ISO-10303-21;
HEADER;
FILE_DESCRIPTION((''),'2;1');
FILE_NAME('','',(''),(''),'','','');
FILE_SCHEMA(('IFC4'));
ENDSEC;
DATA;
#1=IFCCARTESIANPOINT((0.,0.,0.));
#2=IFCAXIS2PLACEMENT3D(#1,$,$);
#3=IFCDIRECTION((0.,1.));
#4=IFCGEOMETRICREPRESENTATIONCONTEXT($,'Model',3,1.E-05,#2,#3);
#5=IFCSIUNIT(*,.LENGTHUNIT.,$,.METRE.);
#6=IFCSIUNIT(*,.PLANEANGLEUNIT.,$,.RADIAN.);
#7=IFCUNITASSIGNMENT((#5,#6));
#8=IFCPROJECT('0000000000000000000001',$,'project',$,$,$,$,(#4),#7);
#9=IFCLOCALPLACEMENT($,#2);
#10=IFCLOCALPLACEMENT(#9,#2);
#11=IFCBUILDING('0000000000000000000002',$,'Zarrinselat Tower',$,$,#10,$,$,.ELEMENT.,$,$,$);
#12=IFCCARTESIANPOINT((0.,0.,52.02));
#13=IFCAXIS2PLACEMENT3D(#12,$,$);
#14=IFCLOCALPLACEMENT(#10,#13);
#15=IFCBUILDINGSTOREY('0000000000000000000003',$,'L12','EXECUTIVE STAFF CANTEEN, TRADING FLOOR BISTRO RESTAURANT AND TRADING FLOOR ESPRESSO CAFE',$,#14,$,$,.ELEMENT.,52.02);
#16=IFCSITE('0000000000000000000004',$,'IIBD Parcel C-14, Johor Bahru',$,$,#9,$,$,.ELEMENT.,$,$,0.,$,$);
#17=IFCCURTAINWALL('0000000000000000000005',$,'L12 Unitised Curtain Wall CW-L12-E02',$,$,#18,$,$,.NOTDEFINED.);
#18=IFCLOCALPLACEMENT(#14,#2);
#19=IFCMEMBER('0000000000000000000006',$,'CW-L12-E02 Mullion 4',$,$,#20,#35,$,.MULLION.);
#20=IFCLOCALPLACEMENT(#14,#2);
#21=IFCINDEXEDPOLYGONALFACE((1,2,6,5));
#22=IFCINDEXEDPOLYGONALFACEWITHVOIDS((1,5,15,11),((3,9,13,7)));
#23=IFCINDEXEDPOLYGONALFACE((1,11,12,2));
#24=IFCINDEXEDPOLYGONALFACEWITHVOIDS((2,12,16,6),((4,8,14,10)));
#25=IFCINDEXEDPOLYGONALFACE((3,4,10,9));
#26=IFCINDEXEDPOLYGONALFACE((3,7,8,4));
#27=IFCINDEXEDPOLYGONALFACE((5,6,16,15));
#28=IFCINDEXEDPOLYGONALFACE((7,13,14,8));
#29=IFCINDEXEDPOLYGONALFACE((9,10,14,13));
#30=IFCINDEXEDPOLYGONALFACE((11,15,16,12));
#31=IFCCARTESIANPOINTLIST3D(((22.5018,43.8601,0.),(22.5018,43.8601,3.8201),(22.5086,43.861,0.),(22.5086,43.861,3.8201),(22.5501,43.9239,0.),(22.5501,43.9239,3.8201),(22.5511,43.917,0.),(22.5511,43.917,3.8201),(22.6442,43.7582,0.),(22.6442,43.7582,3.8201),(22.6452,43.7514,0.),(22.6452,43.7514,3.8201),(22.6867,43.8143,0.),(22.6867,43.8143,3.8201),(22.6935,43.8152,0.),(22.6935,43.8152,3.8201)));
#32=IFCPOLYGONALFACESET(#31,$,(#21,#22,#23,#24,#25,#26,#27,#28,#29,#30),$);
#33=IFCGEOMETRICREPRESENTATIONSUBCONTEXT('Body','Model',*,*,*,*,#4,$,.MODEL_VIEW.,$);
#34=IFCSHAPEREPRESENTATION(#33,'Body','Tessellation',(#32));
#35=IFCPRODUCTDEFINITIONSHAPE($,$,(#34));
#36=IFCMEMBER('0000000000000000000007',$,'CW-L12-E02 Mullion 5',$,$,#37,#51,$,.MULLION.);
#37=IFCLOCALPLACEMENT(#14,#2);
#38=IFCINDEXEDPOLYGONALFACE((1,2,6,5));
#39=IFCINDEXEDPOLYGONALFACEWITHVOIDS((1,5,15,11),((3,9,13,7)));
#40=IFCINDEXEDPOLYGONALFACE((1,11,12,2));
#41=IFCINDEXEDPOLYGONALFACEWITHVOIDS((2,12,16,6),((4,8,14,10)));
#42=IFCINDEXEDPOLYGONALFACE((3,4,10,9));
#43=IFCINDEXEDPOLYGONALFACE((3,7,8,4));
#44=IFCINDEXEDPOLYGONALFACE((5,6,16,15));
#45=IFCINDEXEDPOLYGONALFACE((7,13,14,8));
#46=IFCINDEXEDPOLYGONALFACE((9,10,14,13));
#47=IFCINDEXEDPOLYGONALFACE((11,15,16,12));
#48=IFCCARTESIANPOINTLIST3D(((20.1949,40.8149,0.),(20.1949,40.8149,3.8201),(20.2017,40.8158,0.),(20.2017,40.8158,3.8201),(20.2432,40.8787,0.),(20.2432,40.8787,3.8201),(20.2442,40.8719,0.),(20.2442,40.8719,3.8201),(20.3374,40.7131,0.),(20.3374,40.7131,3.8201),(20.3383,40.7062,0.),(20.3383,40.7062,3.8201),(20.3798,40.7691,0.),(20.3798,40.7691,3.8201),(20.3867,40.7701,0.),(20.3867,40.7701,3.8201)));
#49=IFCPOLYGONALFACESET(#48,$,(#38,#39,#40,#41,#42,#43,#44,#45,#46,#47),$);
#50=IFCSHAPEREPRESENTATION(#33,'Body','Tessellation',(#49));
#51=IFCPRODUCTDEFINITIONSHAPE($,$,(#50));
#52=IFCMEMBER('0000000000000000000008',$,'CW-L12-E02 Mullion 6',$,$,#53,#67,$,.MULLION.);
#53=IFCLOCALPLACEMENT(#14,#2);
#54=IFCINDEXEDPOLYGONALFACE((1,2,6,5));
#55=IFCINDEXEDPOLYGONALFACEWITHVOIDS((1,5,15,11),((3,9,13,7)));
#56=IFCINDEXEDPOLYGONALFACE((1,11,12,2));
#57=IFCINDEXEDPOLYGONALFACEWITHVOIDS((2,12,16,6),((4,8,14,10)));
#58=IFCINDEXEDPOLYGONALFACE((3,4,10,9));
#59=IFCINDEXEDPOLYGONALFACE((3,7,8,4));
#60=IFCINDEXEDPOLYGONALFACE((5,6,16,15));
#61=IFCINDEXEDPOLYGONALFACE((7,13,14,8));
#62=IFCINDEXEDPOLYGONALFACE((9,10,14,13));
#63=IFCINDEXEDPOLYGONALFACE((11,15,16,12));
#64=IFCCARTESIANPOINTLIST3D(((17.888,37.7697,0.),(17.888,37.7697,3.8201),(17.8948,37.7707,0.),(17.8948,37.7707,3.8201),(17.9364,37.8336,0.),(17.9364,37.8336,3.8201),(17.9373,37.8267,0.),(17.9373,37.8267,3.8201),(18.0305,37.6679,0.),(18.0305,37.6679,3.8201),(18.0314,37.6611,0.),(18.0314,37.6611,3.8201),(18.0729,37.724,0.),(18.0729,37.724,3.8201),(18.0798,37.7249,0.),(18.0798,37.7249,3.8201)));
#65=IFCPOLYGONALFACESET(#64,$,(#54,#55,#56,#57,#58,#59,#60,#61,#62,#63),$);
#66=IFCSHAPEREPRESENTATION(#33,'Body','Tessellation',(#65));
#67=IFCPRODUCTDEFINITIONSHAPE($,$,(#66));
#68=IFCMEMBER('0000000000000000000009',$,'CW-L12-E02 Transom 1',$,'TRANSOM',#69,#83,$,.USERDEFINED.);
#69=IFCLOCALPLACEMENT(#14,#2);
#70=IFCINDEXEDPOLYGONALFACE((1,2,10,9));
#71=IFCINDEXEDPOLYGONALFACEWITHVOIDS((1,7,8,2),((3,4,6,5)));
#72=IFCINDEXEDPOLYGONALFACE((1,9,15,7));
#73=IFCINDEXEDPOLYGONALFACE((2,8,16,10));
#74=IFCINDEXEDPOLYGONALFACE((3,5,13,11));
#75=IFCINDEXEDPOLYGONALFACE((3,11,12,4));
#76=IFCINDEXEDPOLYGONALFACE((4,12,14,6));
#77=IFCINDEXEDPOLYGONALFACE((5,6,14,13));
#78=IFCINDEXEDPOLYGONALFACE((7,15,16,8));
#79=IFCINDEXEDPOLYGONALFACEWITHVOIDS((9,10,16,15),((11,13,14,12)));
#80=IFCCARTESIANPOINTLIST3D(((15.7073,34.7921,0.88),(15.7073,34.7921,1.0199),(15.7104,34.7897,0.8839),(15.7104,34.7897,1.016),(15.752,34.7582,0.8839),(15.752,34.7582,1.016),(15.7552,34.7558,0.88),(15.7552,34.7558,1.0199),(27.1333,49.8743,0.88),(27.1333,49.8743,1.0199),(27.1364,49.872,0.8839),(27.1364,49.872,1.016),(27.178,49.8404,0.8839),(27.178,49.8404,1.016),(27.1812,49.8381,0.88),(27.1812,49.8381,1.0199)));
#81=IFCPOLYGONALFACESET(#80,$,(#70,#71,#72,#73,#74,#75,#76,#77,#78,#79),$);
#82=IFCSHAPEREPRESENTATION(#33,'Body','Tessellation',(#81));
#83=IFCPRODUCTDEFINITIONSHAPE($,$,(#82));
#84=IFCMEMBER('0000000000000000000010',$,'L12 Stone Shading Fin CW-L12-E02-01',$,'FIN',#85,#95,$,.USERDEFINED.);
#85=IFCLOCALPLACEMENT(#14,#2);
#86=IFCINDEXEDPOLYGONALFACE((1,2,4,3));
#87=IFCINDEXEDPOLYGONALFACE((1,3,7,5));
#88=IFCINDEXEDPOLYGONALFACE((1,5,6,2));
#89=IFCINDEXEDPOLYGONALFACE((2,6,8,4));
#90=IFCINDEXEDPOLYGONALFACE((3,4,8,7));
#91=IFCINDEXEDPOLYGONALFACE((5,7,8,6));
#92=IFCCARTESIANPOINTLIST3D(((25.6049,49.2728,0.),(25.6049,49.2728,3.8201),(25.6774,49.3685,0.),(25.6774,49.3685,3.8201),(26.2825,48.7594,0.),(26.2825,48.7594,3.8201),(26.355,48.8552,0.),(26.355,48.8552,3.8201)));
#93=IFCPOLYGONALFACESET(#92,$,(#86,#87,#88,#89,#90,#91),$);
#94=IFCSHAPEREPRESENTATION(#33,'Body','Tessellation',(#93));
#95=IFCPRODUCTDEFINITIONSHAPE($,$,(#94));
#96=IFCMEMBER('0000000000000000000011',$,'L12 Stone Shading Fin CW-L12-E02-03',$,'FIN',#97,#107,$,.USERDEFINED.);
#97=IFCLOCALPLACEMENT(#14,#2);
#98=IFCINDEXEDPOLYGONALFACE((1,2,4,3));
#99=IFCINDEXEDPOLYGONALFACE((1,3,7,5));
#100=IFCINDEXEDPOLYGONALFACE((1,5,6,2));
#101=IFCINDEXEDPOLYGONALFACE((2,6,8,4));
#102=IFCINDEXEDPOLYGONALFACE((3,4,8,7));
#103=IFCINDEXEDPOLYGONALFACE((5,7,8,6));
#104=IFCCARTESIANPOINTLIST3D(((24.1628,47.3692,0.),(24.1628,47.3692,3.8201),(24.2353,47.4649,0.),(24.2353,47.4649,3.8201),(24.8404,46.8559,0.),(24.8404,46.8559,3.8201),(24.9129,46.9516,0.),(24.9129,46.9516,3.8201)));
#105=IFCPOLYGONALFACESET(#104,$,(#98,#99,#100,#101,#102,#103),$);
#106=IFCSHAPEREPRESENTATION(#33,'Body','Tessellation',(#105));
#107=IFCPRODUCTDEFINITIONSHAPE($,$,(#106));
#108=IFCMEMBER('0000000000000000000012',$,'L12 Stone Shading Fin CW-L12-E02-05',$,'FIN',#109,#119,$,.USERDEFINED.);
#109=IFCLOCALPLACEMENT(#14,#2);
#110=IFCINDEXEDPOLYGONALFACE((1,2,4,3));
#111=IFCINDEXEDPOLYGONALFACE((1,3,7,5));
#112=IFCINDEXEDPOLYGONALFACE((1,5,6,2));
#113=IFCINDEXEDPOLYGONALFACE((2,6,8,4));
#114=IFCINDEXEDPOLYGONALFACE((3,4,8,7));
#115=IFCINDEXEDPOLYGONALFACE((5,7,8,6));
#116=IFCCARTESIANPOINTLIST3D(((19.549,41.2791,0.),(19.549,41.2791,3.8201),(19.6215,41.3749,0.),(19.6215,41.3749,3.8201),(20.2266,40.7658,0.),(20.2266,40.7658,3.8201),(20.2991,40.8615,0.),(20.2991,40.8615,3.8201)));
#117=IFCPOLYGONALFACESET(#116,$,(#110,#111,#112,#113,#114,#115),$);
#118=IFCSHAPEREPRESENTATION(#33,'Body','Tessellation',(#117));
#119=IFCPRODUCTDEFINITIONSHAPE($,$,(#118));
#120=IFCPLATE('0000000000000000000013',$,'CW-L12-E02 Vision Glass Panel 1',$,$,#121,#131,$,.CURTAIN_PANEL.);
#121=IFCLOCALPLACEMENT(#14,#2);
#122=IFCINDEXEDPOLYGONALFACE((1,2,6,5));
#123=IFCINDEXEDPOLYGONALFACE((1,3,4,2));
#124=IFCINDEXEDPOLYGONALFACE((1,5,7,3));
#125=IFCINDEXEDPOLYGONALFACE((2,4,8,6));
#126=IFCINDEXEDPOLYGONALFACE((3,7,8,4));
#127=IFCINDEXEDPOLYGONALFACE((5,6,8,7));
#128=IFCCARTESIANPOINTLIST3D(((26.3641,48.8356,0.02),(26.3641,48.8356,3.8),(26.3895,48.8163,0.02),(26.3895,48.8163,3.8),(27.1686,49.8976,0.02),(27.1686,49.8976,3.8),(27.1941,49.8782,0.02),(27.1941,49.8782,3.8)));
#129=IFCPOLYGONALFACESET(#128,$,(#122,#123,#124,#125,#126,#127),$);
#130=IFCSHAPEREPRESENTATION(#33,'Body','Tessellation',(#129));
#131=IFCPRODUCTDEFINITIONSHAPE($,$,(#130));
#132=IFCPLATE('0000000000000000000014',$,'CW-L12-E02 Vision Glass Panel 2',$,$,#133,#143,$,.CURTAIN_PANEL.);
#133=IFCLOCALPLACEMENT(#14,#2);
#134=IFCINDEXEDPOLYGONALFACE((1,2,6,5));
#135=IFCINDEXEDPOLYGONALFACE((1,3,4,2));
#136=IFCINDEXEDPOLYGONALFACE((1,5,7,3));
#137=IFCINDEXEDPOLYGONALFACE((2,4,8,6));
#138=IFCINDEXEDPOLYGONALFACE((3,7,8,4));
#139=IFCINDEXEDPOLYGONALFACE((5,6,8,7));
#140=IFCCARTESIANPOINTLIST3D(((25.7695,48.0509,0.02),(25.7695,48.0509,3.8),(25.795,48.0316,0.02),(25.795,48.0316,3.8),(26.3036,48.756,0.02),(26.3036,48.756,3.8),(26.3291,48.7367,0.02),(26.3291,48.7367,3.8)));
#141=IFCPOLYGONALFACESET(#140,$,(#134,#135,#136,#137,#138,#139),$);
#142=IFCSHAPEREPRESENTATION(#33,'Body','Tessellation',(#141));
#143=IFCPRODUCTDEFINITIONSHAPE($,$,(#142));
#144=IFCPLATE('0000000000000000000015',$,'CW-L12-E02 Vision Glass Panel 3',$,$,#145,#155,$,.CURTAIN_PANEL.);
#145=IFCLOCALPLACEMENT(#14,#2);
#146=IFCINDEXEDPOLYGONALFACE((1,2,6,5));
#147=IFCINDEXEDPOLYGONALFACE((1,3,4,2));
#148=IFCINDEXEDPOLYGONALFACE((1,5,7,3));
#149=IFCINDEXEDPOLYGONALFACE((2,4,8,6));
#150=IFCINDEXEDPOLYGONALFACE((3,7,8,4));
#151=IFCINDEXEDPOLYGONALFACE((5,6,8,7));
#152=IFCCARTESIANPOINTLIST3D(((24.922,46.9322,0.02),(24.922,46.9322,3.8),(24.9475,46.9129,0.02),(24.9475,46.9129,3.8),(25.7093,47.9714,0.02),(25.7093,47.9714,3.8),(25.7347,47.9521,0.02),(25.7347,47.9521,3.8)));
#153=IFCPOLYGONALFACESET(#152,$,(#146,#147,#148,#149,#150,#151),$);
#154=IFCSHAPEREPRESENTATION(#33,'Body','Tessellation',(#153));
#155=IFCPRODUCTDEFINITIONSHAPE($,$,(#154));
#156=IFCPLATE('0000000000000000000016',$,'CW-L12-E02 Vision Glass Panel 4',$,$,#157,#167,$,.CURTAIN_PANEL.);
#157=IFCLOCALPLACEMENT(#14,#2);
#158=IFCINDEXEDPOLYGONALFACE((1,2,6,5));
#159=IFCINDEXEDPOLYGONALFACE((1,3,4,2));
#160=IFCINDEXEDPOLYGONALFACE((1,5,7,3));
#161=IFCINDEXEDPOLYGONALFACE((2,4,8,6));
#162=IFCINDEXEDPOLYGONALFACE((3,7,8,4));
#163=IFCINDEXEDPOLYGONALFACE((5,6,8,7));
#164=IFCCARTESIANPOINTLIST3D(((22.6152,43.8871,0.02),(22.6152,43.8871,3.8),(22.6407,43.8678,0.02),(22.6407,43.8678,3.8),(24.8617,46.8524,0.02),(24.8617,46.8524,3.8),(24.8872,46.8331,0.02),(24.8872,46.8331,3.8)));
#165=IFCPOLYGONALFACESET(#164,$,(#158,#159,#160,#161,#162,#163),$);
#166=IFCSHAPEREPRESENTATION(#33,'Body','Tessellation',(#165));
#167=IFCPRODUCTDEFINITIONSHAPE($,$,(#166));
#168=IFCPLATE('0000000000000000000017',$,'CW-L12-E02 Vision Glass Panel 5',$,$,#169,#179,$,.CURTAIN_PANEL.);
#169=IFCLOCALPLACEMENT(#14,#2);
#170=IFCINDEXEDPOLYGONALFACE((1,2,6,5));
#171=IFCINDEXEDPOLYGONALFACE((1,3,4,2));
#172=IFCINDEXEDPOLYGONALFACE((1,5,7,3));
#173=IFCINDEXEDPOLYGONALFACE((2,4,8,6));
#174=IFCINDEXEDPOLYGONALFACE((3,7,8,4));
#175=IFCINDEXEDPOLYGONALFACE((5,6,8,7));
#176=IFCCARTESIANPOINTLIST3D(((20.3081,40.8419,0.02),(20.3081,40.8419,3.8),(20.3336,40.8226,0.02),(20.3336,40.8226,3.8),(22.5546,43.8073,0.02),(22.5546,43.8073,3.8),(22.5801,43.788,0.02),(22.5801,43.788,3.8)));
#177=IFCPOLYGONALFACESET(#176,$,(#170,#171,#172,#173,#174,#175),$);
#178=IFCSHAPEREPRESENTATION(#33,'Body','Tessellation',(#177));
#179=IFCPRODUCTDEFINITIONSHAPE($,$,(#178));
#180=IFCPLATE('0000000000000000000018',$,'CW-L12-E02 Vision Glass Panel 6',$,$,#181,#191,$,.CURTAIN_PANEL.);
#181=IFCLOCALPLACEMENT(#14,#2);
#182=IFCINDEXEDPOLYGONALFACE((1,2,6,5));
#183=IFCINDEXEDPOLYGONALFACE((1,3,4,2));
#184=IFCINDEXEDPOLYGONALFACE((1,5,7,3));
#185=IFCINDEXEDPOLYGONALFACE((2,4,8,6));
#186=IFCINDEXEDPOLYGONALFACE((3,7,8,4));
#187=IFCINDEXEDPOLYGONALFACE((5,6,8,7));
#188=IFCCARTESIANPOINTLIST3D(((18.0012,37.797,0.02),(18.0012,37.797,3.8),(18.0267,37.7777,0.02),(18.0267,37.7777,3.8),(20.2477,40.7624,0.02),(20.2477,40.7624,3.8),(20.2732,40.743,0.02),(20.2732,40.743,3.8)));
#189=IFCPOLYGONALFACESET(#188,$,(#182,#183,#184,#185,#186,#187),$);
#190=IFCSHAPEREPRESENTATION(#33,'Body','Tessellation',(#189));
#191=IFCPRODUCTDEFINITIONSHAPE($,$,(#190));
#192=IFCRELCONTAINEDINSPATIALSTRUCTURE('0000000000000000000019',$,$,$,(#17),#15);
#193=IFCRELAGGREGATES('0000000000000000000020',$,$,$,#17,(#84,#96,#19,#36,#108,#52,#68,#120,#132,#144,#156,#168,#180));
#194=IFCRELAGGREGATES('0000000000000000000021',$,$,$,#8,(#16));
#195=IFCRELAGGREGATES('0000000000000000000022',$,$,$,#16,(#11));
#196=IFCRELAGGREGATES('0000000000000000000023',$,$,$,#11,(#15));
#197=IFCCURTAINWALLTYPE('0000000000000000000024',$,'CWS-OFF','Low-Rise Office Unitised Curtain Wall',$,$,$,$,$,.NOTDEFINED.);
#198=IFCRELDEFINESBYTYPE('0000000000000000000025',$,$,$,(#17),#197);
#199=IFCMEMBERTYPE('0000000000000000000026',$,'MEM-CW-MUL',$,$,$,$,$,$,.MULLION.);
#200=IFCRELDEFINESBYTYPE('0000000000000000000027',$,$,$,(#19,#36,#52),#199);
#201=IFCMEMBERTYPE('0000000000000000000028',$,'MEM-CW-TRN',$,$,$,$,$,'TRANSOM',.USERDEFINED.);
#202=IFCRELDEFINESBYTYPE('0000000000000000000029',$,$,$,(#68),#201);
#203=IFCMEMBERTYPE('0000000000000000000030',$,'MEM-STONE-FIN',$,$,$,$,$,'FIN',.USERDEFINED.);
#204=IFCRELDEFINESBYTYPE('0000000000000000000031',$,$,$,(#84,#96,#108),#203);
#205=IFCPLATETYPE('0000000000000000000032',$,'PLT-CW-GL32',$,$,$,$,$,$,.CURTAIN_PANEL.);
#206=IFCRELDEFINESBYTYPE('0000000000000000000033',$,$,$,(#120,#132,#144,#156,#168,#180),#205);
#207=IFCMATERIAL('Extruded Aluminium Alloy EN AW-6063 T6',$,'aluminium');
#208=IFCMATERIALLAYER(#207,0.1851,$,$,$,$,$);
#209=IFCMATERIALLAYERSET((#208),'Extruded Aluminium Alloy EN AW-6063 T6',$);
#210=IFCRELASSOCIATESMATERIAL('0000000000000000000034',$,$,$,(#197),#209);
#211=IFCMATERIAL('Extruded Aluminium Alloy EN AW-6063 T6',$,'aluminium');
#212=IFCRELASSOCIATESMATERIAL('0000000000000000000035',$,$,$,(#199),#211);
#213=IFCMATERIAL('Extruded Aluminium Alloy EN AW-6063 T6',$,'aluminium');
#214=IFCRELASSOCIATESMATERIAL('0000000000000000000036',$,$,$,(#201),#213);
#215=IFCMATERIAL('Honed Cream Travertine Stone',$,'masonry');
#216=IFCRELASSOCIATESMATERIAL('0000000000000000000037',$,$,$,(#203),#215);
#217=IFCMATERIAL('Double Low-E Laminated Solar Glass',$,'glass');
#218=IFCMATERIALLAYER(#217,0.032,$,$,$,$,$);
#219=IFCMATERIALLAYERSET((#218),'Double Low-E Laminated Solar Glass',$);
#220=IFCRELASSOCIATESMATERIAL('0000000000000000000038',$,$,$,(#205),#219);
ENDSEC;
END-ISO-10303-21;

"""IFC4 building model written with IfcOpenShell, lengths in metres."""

from ifc_helpers import new_model, si_unit, direction, frame, origin, origin_2d, place, context, subcontext, project, spatial, rectangle, hollow_rectangle, extrude, material, layer, layer_set, material_profile, profile_set, type_object, element, aggregate, save


model = new_model("IFC4")

# Units and contexts
model_context = context("Model", 3, precision=1e-05, world=origin(), true_north=direction((0.0, 1.0)))
body_context = subcontext(model_context, "Body", "Model", "MODEL_VIEW")
ifc_project = project(units=[si_unit("LENGTHUNIT", "METRE"), si_unit("PLANEANGLEUNIT", "RADIAN")], contexts=[model_context])

# Site, building, storey
site_placement = place(None, origin())
site = spatial("IfcSite", under=ifc_project, at=site_placement, Name="IIBD Parcel C-14, Johor Bahru", CompositionType="ELEMENT", RefElevation=0.0)
building_placement = place(site_placement, origin())
building = spatial("IfcBuilding", under=site, at=building_placement, Name="Zarrinselat Tower", CompositionType="ELEMENT")
storey_placement = place(building_placement, frame((0.0, 0.0, 52.02)))
storey = spatial("IfcBuildingStorey", under=building, at=storey_placement, Name="L12", Description="EXECUTIVE STAFF CANTEEN, TRADING FLOOR BISTRO RESTAURANT AND TRADING FLOOR ESPRESSO CAFE", CompositionType="ELEMENT", Elevation=52.02)

# Shared definitions
ifc_material_1 = material(Name="Extruded Aluminium Alloy EN AW-6063 T6", Category="aluminium")
ifc_layer_1 = layer(ifc_material_1, 0.1851)
ifc_layer_set_1 = layer_set([ifc_layer_1], Name="Extruded Aluminium Alloy EN AW-6063 T6")
curtain_wall_type = type_object("IfcCurtainWallType", Name="CWS-OFF", Description="Low-Rise Office Unitised Curtain Wall", PredefinedType="NOTDEFINED", material=ifc_layer_set_1)
ifc_material_2 = material(Name="Extruded Aluminium Alloy EN AW-6063 T6", Category="aluminium")
ifc_material_profile_1 = material_profile(ifc_material_2, hollow_rectangle(XDim=0.0801, YDim=0.1799, WallThickness=0.0049, at=origin_2d()), Name="RHS 180x80x5")
ifc_profile_set_1 = profile_set([ifc_material_profile_1], Name="Extruded Aluminium Alloy EN AW-6063 T6")
member_type_1 = type_object("IfcMemberType", Name="MEM-CW-MUL", PredefinedType="MULLION", material=ifc_profile_set_1)

# Curtain wall, members, plates
curtain_wall_1_placement = place(storey_placement, origin())
curtain_wall_1 = element("IfcCurtainWall", 1, at=curtain_wall_1_placement, inside=storey, type_object=curtain_wall_type, Name="L12 Unitised Curtain Wall CW-L12-E02", PredefinedType="NOTDEFINED")
member_1_placement = place(storey_placement, frame((22.5977, 43.8376, 0.0), z_axis=(0.0, 0.0, 1.0), x_axis=(-0.60386, -0.797091, 0.0)))
member_1 = element("IfcMember", 2, at=member_1_placement, type_object=member_type_1, Name="CW-L12-E02 Mullion 4", PredefinedType="MULLION", context=body_context, shape_type="SweptSolid", body=[
    extrude(hollow_rectangle(XDim=0.0801, YDim=0.1799, WallThickness=0.0049, at=origin_2d()), origin(), (0.0, 0.0, 1.0), 3.8201),
])
member_2_placement = place(storey_placement, frame((20.2908, 40.7925, 0.0), z_axis=(0.0, 0.0, 1.0), x_axis=(-0.60386, -0.797091, 0.0)))
member_2 = element("IfcMember", 3, at=member_2_placement, type_object=member_type_1, Name="CW-L12-E02 Mullion 5", PredefinedType="MULLION", context=body_context, shape_type="SweptSolid", body=[
    extrude(hollow_rectangle(XDim=0.0801, YDim=0.1799, WallThickness=0.0049, at=origin_2d()), origin(), (0.0, 0.0, 1.0), 3.8201),
])
member_3_placement = place(storey_placement, frame((17.9839, 37.7473, 0.0), z_axis=(0.0, 0.0, 1.0), x_axis=(-0.60386, -0.797091, 0.0)))
member_3 = element("IfcMember", 4, at=member_3_placement, type_object=member_type_1, Name="CW-L12-E02 Mullion 6", PredefinedType="MULLION", context=body_context, shape_type="SweptSolid", body=[
    extrude(hollow_rectangle(XDim=0.0801, YDim=0.1799, WallThickness=0.0049, at=origin_2d()), origin(), (0.0, 0.0, 1.0), 3.8201),
])
ifc_material_3 = material(Name="Extruded Aluminium Alloy EN AW-6063 T6", Category="aluminium")
ifc_material_profile_2 = material_profile(ifc_material_3, hollow_rectangle(XDim=0.0601, YDim=0.1399, WallThickness=0.0039, at=origin_2d()), Name="RHS 140x60x4")
ifc_profile_set_2 = profile_set([ifc_material_profile_2], Name="Extruded Aluminium Alloy EN AW-6063 T6")
member_type_2 = type_object("IfcMemberType", Name="MEM-CW-TRN", ElementType="TRANSOM", PredefinedType="USERDEFINED", material=ifc_profile_set_2)
member_4_placement = place(storey_placement, frame((27.1572, 49.8562, 0.95), z_axis=(-0.60386, -0.797091, 0.0), x_axis=(0.797091, -0.60386, 0.0)))
member_4 = element("IfcMember", 5, at=member_4_placement, type_object=member_type_2, Name="CW-L12-E02 Transom 1", ObjectType="TRANSOM", PredefinedType="USERDEFINED", context=body_context, shape_type="SweptSolid", body=[
    extrude(hollow_rectangle(XDim=0.0601, YDim=0.1399, WallThickness=0.0039, at=origin_2d()), origin(), (0.0, 0.0, 1.0), 18.9216),
])
ifc_material_4 = material(Name="Honed Cream Travertine Stone", Category="masonry")
ifc_material_profile_3 = material_profile(ifc_material_4, rectangle(XDim=0.1201, YDim=0.8501, at=origin_2d()), Name="FIN 850x120")
ifc_profile_set_3 = profile_set([ifc_material_profile_3], Name="Honed Cream Travertine Stone")
member_type_3 = type_object("IfcMemberType", Name="MEM-STONE-FIN", ElementType="FIN", PredefinedType="USERDEFINED", material=ifc_profile_set_3)
member_5_placement = place(storey_placement, frame((25.98, 49.064, 0.0), z_axis=(0.0, 0.0, 1.0), x_axis=(0.60386, 0.797091, 0.0)))
member_5 = element("IfcMember", 6, at=member_5_placement, type_object=member_type_3, Name="L12 Stone Shading Fin CW-L12-E02-01", ObjectType="FIN", PredefinedType="USERDEFINED", context=body_context, shape_type="SweptSolid", body=[
    extrude(rectangle(XDim=0.1201, YDim=0.8501, at=origin_2d()), origin(), (0.0, 0.0, 1.0), 3.8201),
])
member_6_placement = place(storey_placement, frame((24.5378, 47.1604, 0.0), z_axis=(0.0, 0.0, 1.0), x_axis=(0.60386, 0.797091, 0.0)))
member_6 = element("IfcMember", 7, at=member_6_placement, type_object=member_type_3, Name="L12 Stone Shading Fin CW-L12-E02-03", ObjectType="FIN", PredefinedType="USERDEFINED", context=body_context, shape_type="SweptSolid", body=[
    extrude(rectangle(XDim=0.1201, YDim=0.8501, at=origin_2d()), origin(), (0.0, 0.0, 1.0), 3.8201),
])
member_7_placement = place(storey_placement, frame((19.9241, 41.0703, 0.0), z_axis=(0.0, 0.0, 1.0), x_axis=(0.60386, 0.797091, 0.0)))
member_7 = element("IfcMember", 8, at=member_7_placement, type_object=member_type_3, Name="L12 Stone Shading Fin CW-L12-E02-05", ObjectType="FIN", PredefinedType="USERDEFINED", context=body_context, shape_type="SweptSolid", body=[
    extrude(rectangle(XDim=0.1201, YDim=0.8501, at=origin_2d()), origin(), (0.0, 0.0, 1.0), 3.8201),
])
ifc_material_5 = material(Name="Double Low-E Laminated Solar Glass", Category="glass")
ifc_layer_2 = layer(ifc_material_5, 0.032)
ifc_layer_set_2 = layer_set([ifc_layer_2], Name="Double Low-E Laminated Solar Glass")
plate_type = type_object("IfcPlateType", Name="PLT-CW-GL32", PredefinedType="CURTAIN_PANEL", material=ifc_layer_set_2)
plate_1_placement = place(storey_placement, frame((26.7791, 49.3569, 0.02), z_axis=(0.0, 0.0, 1.0), x_axis=(-0.60386, -0.797091, 0.0)))
plate_1 = element("IfcPlate", 9, at=plate_1_placement, type_object=plate_type, Name="CW-L12-E02 Vision Glass Panel 1", PredefinedType="CURTAIN_PANEL", context=body_context, shape_type="SweptSolid", body=[
    extrude(rectangle(XDim=1.3323, YDim=0.032, at=origin_2d()), origin(), (0.0, 0.0, 1.0), 3.78),
])
plate_2_placement = place(storey_placement, frame((26.0493, 48.3938, 0.02), z_axis=(0.0, 0.0, 1.0), x_axis=(-0.60386, -0.797091, 0.0)))
plate_2 = element("IfcPlate", 10, at=plate_2_placement, type_object=plate_type, Name="CW-L12-E02 Vision Glass Panel 2", PredefinedType="CURTAIN_PANEL", context=body_context, shape_type="SweptSolid", body=[
    extrude(rectangle(XDim=0.8845, YDim=0.032, at=origin_2d()), origin(), (0.0, 0.0, 1.0), 3.78),
])
plate_3_placement = place(storey_placement, frame((25.3284, 47.4421, 0.02), z_axis=(0.0, 0.0, 1.0), x_axis=(-0.60386, -0.797091, 0.0)))
plate_3 = element("IfcPlate", 11, at=plate_3_placement, type_object=plate_type, Name="CW-L12-E02 Vision Glass Panel 3", PredefinedType="CURTAIN_PANEL", context=body_context, shape_type="SweptSolid", body=[
    extrude(rectangle(XDim=1.3037, YDim=0.032, at=origin_2d()), origin(), (0.0, 0.0, 1.0), 3.78),
])
plate_4_placement = place(storey_placement, frame((23.7512, 45.3601, 0.02), z_axis=(0.0, 0.0, 1.0), x_axis=(-0.60386, -0.797091, 0.0)))
plate_4 = element("IfcPlate", 12, at=plate_4_placement, type_object=plate_type, Name="CW-L12-E02 Vision Glass Panel 4", PredefinedType="CURTAIN_PANEL", context=body_context, shape_type="SweptSolid", body=[
    extrude(rectangle(XDim=3.7202, YDim=0.032, at=origin_2d()), origin(), (0.0, 0.0, 1.0), 3.78),
])
plate_5_placement = place(storey_placement, frame((21.4441, 42.3149, 0.02), z_axis=(0.0, 0.0, 1.0), x_axis=(-0.60386, -0.797091, 0.0)))
plate_5 = element("IfcPlate", 13, at=plate_5_placement, type_object=plate_type, Name="CW-L12-E02 Vision Glass Panel 5", PredefinedType="CURTAIN_PANEL", context=body_context, shape_type="SweptSolid", body=[
    extrude(rectangle(XDim=3.7202, YDim=0.032, at=origin_2d()), origin(), (0.0, 0.0, 1.0), 3.78),
])
plate_6_placement = place(storey_placement, frame((19.1372, 39.27, 0.02), z_axis=(0.0, 0.0, 1.0), x_axis=(-0.60386, -0.797091, 0.0)))
plate_6 = element("IfcPlate", 14, at=plate_6_placement, type_object=plate_type, Name="CW-L12-E02 Vision Glass Panel 6", PredefinedType="CURTAIN_PANEL", context=body_context, shape_type="SweptSolid", body=[
    extrude(rectangle(XDim=3.7202, YDim=0.032, at=origin_2d()), origin(), (0.0, 0.0, 1.0), 3.78),
])
aggregate(curtain_wall_1, [member_5, member_6, member_1, member_2, member_7, member_3, member_4, plate_1, plate_2, plate_3, plate_4, plate_5, plate_6])

save(model, "model.ifc")
